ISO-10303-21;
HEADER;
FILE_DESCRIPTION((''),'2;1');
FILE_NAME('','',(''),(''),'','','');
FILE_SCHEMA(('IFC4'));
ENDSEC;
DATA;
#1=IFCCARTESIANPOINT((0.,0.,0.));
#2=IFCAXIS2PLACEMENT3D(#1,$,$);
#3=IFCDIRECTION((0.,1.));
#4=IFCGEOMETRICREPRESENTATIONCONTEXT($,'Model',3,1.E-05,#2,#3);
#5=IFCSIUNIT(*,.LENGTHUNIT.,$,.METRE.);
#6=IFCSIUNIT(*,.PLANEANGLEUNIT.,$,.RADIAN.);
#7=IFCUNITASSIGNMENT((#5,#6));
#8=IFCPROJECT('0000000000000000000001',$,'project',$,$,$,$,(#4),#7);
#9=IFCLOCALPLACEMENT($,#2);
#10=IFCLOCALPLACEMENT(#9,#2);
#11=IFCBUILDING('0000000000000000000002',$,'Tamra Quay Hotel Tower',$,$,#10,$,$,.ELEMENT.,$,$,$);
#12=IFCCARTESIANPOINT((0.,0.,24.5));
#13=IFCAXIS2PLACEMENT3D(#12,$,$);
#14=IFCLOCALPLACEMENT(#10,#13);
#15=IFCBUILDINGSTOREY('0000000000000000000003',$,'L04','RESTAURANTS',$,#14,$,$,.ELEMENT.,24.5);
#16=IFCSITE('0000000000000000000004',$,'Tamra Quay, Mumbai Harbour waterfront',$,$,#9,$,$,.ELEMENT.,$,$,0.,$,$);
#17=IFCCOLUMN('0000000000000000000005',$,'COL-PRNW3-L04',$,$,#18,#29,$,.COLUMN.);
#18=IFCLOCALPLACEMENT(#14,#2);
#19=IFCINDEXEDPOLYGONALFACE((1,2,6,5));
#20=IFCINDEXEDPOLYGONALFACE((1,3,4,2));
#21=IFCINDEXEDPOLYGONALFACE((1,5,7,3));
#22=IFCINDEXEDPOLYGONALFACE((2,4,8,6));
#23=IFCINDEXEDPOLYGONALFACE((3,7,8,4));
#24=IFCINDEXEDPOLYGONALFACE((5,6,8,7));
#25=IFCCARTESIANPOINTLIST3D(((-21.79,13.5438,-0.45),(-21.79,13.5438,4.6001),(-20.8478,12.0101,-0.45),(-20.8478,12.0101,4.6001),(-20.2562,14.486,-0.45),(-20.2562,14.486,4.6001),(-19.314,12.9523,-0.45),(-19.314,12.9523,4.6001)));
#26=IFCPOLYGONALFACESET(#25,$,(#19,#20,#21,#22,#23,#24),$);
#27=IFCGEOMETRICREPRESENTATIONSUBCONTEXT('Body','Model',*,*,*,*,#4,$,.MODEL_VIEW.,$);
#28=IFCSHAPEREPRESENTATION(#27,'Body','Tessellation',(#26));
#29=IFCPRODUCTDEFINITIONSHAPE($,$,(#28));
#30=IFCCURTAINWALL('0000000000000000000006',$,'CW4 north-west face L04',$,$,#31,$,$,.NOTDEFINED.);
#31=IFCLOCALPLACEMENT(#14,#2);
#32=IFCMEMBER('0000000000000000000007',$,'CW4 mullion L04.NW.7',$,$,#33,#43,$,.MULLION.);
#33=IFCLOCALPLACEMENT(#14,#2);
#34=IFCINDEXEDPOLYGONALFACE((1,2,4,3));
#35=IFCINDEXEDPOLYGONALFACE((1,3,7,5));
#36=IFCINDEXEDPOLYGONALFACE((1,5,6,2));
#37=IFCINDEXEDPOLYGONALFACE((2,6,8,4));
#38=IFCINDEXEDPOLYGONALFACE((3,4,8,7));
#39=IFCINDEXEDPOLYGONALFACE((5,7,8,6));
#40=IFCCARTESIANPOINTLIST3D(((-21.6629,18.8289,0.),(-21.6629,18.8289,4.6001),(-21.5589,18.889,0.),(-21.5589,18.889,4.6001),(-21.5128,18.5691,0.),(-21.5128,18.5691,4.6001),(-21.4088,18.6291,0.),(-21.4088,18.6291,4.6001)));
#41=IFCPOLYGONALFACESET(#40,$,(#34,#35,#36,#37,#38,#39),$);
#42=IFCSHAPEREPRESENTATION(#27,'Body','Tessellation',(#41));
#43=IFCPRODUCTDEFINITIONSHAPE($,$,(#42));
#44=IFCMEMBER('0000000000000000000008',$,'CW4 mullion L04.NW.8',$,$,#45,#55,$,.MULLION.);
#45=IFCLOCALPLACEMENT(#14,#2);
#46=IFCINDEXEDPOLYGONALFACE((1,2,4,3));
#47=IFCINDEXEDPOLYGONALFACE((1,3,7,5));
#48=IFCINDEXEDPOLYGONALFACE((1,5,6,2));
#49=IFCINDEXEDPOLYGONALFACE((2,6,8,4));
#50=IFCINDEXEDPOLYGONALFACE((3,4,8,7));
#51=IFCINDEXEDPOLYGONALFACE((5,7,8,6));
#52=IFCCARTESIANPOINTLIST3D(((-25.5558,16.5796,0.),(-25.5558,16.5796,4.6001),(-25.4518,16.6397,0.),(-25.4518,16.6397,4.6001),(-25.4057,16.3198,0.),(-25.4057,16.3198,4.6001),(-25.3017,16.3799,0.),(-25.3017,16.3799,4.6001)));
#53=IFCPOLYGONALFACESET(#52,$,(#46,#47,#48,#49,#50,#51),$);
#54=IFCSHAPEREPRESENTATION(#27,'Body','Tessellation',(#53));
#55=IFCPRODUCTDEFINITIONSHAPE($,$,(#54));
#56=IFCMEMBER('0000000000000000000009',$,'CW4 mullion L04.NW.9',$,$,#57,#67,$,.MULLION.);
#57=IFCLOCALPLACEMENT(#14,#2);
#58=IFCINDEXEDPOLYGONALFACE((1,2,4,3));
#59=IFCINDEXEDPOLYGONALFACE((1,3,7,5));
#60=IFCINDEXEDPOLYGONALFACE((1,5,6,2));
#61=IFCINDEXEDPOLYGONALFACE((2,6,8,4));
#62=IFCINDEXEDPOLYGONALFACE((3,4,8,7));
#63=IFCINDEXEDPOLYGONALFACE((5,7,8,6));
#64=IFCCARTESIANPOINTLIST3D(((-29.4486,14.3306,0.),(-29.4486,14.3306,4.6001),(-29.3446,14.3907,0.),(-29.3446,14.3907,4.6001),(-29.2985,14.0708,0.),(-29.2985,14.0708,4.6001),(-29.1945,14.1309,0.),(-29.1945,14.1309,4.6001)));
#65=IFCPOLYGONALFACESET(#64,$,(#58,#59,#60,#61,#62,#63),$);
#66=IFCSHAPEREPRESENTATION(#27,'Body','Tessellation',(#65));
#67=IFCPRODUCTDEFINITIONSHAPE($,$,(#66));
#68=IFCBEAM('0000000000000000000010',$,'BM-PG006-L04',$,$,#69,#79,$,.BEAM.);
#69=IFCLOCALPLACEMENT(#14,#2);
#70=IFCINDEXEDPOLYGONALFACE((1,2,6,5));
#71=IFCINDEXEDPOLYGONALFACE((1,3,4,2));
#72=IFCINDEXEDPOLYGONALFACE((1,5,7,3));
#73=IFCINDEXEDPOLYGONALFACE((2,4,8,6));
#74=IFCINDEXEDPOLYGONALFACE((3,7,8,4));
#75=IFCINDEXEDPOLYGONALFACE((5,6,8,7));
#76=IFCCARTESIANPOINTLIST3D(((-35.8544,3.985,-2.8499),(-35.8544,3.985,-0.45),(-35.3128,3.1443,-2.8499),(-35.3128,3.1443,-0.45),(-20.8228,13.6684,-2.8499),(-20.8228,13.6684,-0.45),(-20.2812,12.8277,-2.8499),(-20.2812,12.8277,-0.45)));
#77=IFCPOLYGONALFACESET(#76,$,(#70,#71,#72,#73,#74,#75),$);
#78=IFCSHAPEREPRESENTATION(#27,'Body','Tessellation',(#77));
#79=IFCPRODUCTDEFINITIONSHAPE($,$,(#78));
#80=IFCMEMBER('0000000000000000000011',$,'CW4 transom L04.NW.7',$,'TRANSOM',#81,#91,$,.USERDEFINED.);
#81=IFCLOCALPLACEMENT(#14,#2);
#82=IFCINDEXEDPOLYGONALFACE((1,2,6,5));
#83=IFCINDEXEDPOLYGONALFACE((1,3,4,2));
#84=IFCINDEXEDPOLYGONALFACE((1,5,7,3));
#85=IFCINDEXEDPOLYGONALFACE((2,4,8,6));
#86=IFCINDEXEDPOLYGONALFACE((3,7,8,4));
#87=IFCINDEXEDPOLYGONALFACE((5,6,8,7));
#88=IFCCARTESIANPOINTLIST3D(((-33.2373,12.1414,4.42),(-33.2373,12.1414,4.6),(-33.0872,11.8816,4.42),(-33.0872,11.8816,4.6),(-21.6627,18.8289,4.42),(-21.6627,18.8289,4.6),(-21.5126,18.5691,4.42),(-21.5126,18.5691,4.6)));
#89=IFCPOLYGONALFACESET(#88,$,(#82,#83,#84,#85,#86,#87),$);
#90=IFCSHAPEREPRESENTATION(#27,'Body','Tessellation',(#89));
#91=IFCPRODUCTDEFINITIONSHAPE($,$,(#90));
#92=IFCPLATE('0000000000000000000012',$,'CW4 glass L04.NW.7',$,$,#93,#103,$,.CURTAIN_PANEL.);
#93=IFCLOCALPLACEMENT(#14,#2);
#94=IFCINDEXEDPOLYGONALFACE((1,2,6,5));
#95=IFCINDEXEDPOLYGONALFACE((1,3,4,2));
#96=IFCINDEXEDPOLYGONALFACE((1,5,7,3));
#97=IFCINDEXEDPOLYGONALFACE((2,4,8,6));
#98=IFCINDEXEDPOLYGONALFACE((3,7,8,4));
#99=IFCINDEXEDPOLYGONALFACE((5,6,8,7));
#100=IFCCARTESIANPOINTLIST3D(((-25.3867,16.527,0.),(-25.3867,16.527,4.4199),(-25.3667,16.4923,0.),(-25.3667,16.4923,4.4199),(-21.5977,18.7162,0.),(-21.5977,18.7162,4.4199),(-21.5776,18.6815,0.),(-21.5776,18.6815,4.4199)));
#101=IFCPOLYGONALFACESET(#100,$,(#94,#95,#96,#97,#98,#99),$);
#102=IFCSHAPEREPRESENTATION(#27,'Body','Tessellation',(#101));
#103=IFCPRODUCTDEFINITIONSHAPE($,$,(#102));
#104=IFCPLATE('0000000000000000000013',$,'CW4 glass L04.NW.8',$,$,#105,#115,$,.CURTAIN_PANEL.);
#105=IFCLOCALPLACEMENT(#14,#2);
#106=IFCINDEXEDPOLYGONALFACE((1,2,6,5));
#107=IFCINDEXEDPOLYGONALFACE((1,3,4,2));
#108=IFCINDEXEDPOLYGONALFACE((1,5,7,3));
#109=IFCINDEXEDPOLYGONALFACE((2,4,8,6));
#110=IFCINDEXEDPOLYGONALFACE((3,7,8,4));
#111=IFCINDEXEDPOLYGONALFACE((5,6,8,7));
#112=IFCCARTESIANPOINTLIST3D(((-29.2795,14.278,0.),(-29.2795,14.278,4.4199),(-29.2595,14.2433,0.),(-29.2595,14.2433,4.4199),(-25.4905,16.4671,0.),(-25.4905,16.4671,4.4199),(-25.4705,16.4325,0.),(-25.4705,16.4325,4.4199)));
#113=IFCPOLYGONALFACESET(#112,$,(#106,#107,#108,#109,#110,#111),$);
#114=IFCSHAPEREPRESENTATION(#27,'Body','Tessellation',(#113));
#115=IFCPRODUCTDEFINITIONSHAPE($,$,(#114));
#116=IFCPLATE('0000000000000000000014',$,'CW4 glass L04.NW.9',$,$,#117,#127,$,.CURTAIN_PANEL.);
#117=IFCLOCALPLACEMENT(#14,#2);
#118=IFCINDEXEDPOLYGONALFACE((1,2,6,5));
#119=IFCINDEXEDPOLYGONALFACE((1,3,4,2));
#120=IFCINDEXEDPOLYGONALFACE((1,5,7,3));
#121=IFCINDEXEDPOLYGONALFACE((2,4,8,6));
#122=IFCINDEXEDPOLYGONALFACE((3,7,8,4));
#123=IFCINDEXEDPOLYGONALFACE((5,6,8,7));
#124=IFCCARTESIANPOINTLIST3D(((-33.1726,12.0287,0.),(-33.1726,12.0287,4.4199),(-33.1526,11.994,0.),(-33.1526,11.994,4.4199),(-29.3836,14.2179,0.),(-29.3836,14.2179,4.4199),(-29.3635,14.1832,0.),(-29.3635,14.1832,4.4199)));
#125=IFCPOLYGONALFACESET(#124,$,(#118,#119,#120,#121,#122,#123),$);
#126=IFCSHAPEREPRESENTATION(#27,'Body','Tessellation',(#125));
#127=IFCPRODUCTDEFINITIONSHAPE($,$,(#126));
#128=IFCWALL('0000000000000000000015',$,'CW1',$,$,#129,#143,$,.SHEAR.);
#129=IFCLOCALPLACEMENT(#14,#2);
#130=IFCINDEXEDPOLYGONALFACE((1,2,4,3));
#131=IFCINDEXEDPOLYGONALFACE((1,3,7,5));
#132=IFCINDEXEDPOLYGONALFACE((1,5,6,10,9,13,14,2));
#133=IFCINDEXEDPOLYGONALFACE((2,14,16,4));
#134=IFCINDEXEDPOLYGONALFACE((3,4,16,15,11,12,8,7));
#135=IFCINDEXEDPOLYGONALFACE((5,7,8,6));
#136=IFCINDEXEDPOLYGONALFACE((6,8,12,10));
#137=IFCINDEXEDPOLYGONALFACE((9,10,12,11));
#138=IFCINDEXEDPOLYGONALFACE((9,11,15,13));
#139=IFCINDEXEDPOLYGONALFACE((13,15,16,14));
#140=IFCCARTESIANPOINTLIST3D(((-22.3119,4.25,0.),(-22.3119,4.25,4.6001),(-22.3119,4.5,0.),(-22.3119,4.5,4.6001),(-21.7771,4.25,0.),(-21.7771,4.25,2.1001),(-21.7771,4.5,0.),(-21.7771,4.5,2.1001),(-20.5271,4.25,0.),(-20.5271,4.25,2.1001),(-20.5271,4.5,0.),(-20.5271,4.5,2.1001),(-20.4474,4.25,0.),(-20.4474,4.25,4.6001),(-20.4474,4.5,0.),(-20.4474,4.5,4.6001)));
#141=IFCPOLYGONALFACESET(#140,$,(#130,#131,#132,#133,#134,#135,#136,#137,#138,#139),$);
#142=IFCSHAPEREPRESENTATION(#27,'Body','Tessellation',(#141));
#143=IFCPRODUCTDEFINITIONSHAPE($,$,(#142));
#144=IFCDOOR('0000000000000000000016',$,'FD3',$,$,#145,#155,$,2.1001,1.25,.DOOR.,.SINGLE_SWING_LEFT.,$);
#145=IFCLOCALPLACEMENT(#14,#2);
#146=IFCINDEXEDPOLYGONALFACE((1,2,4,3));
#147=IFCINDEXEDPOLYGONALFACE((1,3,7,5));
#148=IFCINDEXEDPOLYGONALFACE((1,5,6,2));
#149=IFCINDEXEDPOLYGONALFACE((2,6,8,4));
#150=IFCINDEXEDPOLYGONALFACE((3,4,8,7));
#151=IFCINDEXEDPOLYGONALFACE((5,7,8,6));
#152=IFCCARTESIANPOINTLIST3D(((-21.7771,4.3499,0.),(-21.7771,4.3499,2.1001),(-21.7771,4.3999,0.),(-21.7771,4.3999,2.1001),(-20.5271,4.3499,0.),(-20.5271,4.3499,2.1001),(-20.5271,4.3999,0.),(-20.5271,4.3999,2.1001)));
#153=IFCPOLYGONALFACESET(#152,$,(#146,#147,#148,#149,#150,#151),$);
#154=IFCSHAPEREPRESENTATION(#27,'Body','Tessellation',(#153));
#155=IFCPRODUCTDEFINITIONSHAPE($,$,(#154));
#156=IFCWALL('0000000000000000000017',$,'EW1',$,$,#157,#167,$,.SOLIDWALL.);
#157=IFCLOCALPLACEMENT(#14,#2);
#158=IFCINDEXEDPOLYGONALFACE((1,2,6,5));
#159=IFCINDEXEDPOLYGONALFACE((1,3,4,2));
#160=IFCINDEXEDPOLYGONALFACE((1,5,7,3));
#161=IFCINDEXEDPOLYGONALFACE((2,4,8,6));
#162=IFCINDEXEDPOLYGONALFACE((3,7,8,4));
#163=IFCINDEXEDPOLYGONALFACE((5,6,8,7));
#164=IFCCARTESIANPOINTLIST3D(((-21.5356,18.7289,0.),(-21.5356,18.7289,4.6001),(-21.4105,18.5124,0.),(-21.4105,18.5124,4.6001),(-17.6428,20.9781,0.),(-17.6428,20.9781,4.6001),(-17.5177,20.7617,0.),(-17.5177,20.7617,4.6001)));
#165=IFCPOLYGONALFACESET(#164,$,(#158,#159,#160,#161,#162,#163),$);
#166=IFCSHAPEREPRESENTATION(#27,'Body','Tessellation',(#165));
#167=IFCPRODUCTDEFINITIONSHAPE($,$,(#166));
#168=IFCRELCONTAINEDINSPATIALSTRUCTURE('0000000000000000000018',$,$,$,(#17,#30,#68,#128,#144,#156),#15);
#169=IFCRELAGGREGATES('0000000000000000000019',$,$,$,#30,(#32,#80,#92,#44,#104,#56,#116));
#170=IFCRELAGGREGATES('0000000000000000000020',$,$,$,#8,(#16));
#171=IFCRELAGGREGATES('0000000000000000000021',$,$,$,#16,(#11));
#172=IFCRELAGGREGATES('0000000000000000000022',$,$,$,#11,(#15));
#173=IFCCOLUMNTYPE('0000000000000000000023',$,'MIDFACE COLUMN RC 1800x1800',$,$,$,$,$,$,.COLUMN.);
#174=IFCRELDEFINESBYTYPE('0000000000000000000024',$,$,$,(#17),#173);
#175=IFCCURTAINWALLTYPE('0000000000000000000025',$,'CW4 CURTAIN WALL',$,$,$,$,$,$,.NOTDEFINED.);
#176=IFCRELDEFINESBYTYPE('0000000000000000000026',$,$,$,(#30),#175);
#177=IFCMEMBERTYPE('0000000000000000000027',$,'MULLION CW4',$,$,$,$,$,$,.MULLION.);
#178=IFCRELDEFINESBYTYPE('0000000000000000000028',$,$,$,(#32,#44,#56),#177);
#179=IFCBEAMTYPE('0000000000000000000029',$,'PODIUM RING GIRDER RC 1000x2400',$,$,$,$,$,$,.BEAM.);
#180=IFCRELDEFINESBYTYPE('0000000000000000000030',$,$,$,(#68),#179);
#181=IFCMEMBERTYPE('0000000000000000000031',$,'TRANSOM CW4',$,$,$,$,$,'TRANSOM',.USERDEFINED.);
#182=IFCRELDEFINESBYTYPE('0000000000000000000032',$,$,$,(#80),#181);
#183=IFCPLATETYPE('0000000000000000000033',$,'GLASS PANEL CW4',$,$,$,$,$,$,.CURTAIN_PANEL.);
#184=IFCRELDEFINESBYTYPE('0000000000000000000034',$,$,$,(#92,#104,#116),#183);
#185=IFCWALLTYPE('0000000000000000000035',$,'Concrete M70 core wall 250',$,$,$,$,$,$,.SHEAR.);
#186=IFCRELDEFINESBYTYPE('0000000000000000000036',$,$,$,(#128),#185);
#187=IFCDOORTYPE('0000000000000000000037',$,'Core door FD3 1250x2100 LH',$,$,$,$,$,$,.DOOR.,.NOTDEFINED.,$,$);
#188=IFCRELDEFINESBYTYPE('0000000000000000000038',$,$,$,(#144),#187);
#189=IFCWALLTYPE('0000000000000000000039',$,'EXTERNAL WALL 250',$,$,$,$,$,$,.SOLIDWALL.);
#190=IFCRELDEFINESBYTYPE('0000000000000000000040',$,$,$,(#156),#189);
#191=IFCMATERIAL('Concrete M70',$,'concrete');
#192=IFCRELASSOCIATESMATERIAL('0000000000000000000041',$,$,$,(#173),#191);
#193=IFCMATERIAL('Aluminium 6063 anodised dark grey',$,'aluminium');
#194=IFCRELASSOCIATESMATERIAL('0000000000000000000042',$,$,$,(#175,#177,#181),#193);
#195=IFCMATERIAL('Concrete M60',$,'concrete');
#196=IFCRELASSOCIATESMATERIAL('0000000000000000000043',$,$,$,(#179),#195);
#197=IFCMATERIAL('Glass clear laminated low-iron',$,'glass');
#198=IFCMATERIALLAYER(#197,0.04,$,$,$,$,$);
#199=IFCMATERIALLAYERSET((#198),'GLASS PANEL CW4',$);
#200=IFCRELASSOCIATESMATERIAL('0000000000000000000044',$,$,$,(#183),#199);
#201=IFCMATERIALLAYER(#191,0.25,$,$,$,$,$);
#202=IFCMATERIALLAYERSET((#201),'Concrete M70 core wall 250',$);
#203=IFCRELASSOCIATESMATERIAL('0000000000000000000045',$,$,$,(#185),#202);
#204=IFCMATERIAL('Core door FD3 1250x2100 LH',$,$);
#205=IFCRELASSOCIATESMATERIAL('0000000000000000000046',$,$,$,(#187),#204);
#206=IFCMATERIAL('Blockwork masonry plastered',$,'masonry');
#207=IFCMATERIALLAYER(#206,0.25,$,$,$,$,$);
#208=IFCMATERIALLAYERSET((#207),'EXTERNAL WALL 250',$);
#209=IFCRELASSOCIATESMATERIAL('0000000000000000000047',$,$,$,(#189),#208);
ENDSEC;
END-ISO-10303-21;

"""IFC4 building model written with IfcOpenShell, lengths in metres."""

from ifc_helpers import new_model, si_unit, direction, frame, frame_2d, origin, origin_2d, place, context, subcontext, project, spatial, rectangle, extrude, material, layer, layer_set, material_profile, profile_set, type_object, element, fill, aggregate, save


model = new_model("IFC4")

# Units and contexts
model_context = context("Model", 3, precision=1e-05, world=origin(), true_north=direction((0.0, 1.0)))
body_context = subcontext(model_context, "Body", "Model", "MODEL_VIEW")
ifc_project = project(units=[si_unit("LENGTHUNIT", "METRE"), si_unit("PLANEANGLEUNIT", "RADIAN")], contexts=[model_context])

# Site, building, storey
site_placement = place(None, origin())
site = spatial("IfcSite", under=ifc_project, at=site_placement, Name="Tamra Quay, Mumbai Harbour waterfront", CompositionType="ELEMENT", RefElevation=0.0)
building_placement = place(site_placement, origin())
building = spatial("IfcBuilding", under=site, at=building_placement, Name="Tamra Quay Hotel Tower", CompositionType="ELEMENT")
storey_placement = place(building_placement, frame((0.0, 0.0, 24.5)))
storey = spatial("IfcBuildingStorey", under=building, at=storey_placement, Name="L04", Description="RESTAURANTS", CompositionType="ELEMENT", Elevation=24.5)

# Column
ifc_material_1 = material(Name="Concrete M70", Category="concrete")
ifc_material_profile_1 = material_profile(ifc_material_1, rectangle(XDim=1.8, YDim=1.8, at=origin_2d()), Name="MIDFACE COLUMN RC 1800x1800")
ifc_profile_set_1 = profile_set([ifc_material_profile_1], Name="Concrete M70")
column_type = type_object("IfcColumnType", Name="MIDFACE COLUMN RC 1800x1800", PredefinedType="COLUMN", material=ifc_profile_set_1)
column_placement = place(storey_placement, frame((-20.552, 13.248, -0.45), z_axis=(0.0, 0.0, 1.0), x_axis=(-0.52343, 0.852069, 0.0)))
element("IfcColumn", 1, at=column_placement, inside=storey, type_object=column_type, Name="COL-PRNW3-L04", PredefinedType="COLUMN", context=body_context, shape_type="SweptSolid", body=[
    extrude(rectangle(XDim=1.8, YDim=1.8, at=origin_2d()), origin(), (0.0, 0.0, 1.0), 5.05),
])

# Curtain wall, members
ifc_material_2 = material(Name="Aluminium 6063 anodised dark grey", Category="aluminium")
curtain_wall_type = type_object("IfcCurtainWallType", Name="CW4 CURTAIN WALL", PredefinedType="NOTDEFINED", material=ifc_material_2)
curtain_wall_placement = place(storey_placement, origin())
curtain_wall = element("IfcCurtainWall", 2, at=curtain_wall_placement, inside=storey, type_object=curtain_wall_type, Name="CW4 north-west face L04", PredefinedType="NOTDEFINED")
ifc_material_profile_2 = material_profile(ifc_material_2, rectangle(XDim=0.3, YDim=0.1201, at=origin_2d()), Name="MULLION 120X300")
ifc_profile_set_2 = profile_set([ifc_material_profile_2], Name="Aluminium 6063 anodised dark grey")
member_type_1 = type_object("IfcMemberType", Name="MULLION CW4", PredefinedType="MULLION", material=ifc_profile_set_2)
member_1_placement = place(storey_placement, frame((-21.5359, 18.729, 0.0), z_axis=(0.0, 0.0, 1.0), x_axis=(-0.500265, 0.865872, 0.0)))
member_1 = element("IfcMember", 3, at=member_1_placement, type_object=member_type_1, Name="CW4 mullion L04.NW.7", PredefinedType="MULLION", context=body_context, shape_type="SweptSolid", body=[
    extrude(rectangle(XDim=0.3, YDim=0.1201, at=origin_2d()), origin(), (0.0, 0.0, 1.0), 4.6001),
])
member_2_placement = place(storey_placement, frame((-25.4287, 16.4797, 0.0), z_axis=(0.0, 0.0, 1.0), x_axis=(-0.500265, 0.865872, 0.0)))
member_2 = element("IfcMember", 4, at=member_2_placement, type_object=member_type_1, Name="CW4 mullion L04.NW.8", PredefinedType="MULLION", context=body_context, shape_type="SweptSolid", body=[
    extrude(rectangle(XDim=0.3, YDim=0.1201, at=origin_2d()), origin(), (0.0, 0.0, 1.0), 4.6001),
])
member_3_placement = place(storey_placement, frame((-29.3215, 14.2307, 0.0), z_axis=(0.0, 0.0, 1.0), x_axis=(-0.500265, 0.865872, 0.0)))
member_3 = element("IfcMember", 5, at=member_3_placement, type_object=member_type_1, Name="CW4 mullion L04.NW.9", PredefinedType="MULLION", context=body_context, shape_type="SweptSolid", body=[
    extrude(rectangle(XDim=0.3, YDim=0.1201, at=origin_2d()), origin(), (0.0, 0.0, 1.0), 4.6001),
])

# Beam
ifc_material_3 = material(Name="Concrete M60", Category="concrete")
ifc_material_profile_3 = material_profile(ifc_material_3, rectangle(XDim=1.0, YDim=2.3999, at=origin_2d()), Name="PODIUM RING GIRDER RC 1000x2400")
ifc_profile_set_3 = profile_set([ifc_material_profile_3], Name="Concrete M60")
beam_type = type_object("IfcBeamType", Name="PODIUM RING GIRDER RC 1000x2400", PredefinedType="BEAM", material=ifc_profile_set_3)
beam_placement = place(storey_placement, frame((-20.552, 13.248, -1.6499), z_axis=(-0.840663, -0.541559, 0.0), x_axis=(0.541559, -0.840663, 0.0)))
element("IfcBeam", 6, at=beam_placement, inside=storey, type_object=beam_type, Name="BM-PG006-L04", PredefinedType="BEAM", context=body_context, shape_type="SweptSolid", body=[
    extrude(rectangle(XDim=1.0, YDim=2.3999, at=origin_2d()), origin(), (0.0, 0.0, 1.0), 17.8806),
])

# Member
ifc_material_profile_4 = material_profile(ifc_material_2, rectangle(XDim=0.3, YDim=0.1799, at=origin_2d()), Name="TRANSOM 300X180")
ifc_profile_set_4 = profile_set([ifc_material_profile_4], Name="Aluminium 6063 anodised dark grey")
member_type_2 = type_object("IfcMemberType", Name="TRANSOM CW4", ElementType="TRANSOM", PredefinedType="USERDEFINED", material=ifc_profile_set_4)
member_4_placement = place(storey_placement, frame((-21.5876, 18.699, 4.51), z_axis=(-0.865869, -0.500272, 0.0), x_axis=(0.500272, -0.865869, 0.0)))
member_4 = element("IfcMember", 7, at=member_4_placement, type_object=member_type_2, Name="CW4 transom L04.NW.7", ObjectType="TRANSOM", PredefinedType="USERDEFINED", context=body_context, shape_type="SweptSolid", body=[
    extrude(rectangle(XDim=0.3, YDim=0.1799, at=origin_2d()), origin(), (0.0, 0.0, 1.0), 13.3677),
])

# Plates
ifc_material_4 = material(Name="Glass clear laminated low-iron", Category="glass")
ifc_layer_1 = layer(ifc_material_4, 0.04)
ifc_layer_set_1 = layer_set([ifc_layer_1], Name="GLASS PANEL CW4")
plate_type = type_object("IfcPlateType", Name="GLASS PANEL CW4", PredefinedType="CURTAIN_PANEL", material=ifc_layer_set_1)
plate_1_placement = place(storey_placement, frame((-23.4822, 17.6042, 0.0), z_axis=(0.0, 0.0, 1.0), x_axis=(-0.865872, -0.500265, 0.0)))
plate_1 = element("IfcPlate", 8, at=plate_1_placement, type_object=plate_type, Name="CW4 glass L04.NW.7", PredefinedType="CURTAIN_PANEL", context=body_context, shape_type="SweptSolid", body=[
    extrude(rectangle(XDim=4.376, YDim=0.04, at=origin_2d()), origin(), (0.0, 0.0, 1.0), 4.4199),
])
plate_2_placement = place(storey_placement, frame((-27.375, 15.3552, 0.0), z_axis=(0.0, 0.0, 1.0), x_axis=(-0.865872, -0.500265, 0.0)))
plate_2 = element("IfcPlate", 9, at=plate_2_placement, type_object=plate_type, Name="CW4 glass L04.NW.8", PredefinedType="CURTAIN_PANEL", context=body_context, shape_type="SweptSolid", body=[
    extrude(rectangle(XDim=4.376, YDim=0.04, at=origin_2d()), origin(), (0.0, 0.0, 1.0), 4.4199),
])
plate_3_placement = place(storey_placement, frame((-31.2681, 13.106, 0.0), z_axis=(0.0, 0.0, 1.0), x_axis=(-0.865872, -0.500265, 0.0)))
plate_3 = element("IfcPlate", 10, at=plate_3_placement, type_object=plate_type, Name="CW4 glass L04.NW.9", PredefinedType="CURTAIN_PANEL", context=body_context, shape_type="SweptSolid", body=[
    extrude(rectangle(XDim=4.376, YDim=0.04, at=origin_2d()), origin(), (0.0, 0.0, 1.0), 4.4199),
])
aggregate(curtain_wall, [member_1, member_4, plate_1, member_2, plate_2, member_3, plate_3])

# Wall, opening, door
ifc_layer_2 = layer(ifc_material_1, 0.25)
ifc_layer_set_2 = layer_set([ifc_layer_2], Name="Concrete M70 core wall 250")
wall_type_1 = type_object("IfcWallType", Name="Concrete M70 core wall 250", PredefinedType="SHEAR", material=ifc_layer_set_2)
wall_1_placement = place(storey_placement, frame((-22.3118, 4.375, 0.0), z_axis=(0.0, 0.0, 1.0), x_axis=(1.0, 0.0, 0.0)))
wall_1 = element("IfcWall", 11, at=wall_1_placement, inside=storey, type_object=wall_type_1, Name="CW1", PredefinedType="SHEAR", context=body_context, shape_type="SweptSolid", body=[
    extrude(rectangle(XDim=1.8645, YDim=0.25, at=frame_2d((0.9321, 0.0))), origin(), (0.0, 0.0, 1.0), 4.6001),
])
opening_1_placement = place(wall_1_placement, frame((0.5347, 0.0, 0.0)))
opening_1 = element("IfcOpeningElement", 12, at=opening_1_placement, cuts=wall_1, PredefinedType="OPENING", context=body_context, shape_type="SweptSolid", body=[
    extrude(rectangle(XDim=1.25, YDim=2.1001, at=frame_2d((0.625, 1.05))), frame((0.0, 0.135, 0.0), z_axis=(0.0, -1.0, 0.0), x_axis=(1.0, 0.0, 0.0)), (0.0, 0.0, 1.0), 0.27),
])
ifc_material_5 = material(Name="Core door FD3 1250x2100 LH")
door_type_1 = type_object("IfcDoorType", Name="Core door FD3 1250x2100 LH", OperationType="NOTDEFINED", PredefinedType="DOOR", material=ifc_material_5)
door_1_placement = place(opening_1_placement, origin())
door_1 = element("IfcDoor", 13, at=door_1_placement, inside=storey, type_object=door_type_1, Name="FD3", OperationType="SINGLE_SWING_LEFT", OverallHeight=2.1001, OverallWidth=1.25, PredefinedType="DOOR", context=body_context, shape_type="SweptSolid", body=[
    extrude(rectangle(XDim=1.25, YDim=2.1001, at=frame_2d((0.625, 1.05))), frame((0.0, 0.0249, 0.0), z_axis=(0.0, -1.0, 0.0), x_axis=(1.0, 0.0, 0.0)), (0.0, 0.0, 1.0), 0.05),
])
fill(opening_1, door_1)

# Wall
ifc_material_6 = material(Name="Blockwork masonry plastered", Category="masonry")
ifc_layer_3 = layer(ifc_material_6, 0.25)
ifc_layer_set_3 = layer_set([ifc_layer_3], Name="EXTERNAL WALL 250")
wall_type_2 = type_object("IfcWallType", Name="EXTERNAL WALL 250", PredefinedType="SOLIDWALL", material=ifc_layer_set_3)
wall_2_placement = place(storey_placement, frame((-21.4731, 18.6206, 0.0), z_axis=(0.0, 0.0, 1.0), x_axis=(0.865857, 0.500291, 0.0)))
element("IfcWall", 14, at=wall_2_placement, inside=storey, type_object=wall_type_2, Name="EW1", PredefinedType="SOLIDWALL", context=body_context, shape_type="SweptSolid", body=[
    extrude(rectangle(XDim=4.4958, YDim=0.25, at=frame_2d((2.248, 0.0))), origin(), (0.0, 0.0, 1.0), 4.6001),
])

save(model, "model.ifc")
